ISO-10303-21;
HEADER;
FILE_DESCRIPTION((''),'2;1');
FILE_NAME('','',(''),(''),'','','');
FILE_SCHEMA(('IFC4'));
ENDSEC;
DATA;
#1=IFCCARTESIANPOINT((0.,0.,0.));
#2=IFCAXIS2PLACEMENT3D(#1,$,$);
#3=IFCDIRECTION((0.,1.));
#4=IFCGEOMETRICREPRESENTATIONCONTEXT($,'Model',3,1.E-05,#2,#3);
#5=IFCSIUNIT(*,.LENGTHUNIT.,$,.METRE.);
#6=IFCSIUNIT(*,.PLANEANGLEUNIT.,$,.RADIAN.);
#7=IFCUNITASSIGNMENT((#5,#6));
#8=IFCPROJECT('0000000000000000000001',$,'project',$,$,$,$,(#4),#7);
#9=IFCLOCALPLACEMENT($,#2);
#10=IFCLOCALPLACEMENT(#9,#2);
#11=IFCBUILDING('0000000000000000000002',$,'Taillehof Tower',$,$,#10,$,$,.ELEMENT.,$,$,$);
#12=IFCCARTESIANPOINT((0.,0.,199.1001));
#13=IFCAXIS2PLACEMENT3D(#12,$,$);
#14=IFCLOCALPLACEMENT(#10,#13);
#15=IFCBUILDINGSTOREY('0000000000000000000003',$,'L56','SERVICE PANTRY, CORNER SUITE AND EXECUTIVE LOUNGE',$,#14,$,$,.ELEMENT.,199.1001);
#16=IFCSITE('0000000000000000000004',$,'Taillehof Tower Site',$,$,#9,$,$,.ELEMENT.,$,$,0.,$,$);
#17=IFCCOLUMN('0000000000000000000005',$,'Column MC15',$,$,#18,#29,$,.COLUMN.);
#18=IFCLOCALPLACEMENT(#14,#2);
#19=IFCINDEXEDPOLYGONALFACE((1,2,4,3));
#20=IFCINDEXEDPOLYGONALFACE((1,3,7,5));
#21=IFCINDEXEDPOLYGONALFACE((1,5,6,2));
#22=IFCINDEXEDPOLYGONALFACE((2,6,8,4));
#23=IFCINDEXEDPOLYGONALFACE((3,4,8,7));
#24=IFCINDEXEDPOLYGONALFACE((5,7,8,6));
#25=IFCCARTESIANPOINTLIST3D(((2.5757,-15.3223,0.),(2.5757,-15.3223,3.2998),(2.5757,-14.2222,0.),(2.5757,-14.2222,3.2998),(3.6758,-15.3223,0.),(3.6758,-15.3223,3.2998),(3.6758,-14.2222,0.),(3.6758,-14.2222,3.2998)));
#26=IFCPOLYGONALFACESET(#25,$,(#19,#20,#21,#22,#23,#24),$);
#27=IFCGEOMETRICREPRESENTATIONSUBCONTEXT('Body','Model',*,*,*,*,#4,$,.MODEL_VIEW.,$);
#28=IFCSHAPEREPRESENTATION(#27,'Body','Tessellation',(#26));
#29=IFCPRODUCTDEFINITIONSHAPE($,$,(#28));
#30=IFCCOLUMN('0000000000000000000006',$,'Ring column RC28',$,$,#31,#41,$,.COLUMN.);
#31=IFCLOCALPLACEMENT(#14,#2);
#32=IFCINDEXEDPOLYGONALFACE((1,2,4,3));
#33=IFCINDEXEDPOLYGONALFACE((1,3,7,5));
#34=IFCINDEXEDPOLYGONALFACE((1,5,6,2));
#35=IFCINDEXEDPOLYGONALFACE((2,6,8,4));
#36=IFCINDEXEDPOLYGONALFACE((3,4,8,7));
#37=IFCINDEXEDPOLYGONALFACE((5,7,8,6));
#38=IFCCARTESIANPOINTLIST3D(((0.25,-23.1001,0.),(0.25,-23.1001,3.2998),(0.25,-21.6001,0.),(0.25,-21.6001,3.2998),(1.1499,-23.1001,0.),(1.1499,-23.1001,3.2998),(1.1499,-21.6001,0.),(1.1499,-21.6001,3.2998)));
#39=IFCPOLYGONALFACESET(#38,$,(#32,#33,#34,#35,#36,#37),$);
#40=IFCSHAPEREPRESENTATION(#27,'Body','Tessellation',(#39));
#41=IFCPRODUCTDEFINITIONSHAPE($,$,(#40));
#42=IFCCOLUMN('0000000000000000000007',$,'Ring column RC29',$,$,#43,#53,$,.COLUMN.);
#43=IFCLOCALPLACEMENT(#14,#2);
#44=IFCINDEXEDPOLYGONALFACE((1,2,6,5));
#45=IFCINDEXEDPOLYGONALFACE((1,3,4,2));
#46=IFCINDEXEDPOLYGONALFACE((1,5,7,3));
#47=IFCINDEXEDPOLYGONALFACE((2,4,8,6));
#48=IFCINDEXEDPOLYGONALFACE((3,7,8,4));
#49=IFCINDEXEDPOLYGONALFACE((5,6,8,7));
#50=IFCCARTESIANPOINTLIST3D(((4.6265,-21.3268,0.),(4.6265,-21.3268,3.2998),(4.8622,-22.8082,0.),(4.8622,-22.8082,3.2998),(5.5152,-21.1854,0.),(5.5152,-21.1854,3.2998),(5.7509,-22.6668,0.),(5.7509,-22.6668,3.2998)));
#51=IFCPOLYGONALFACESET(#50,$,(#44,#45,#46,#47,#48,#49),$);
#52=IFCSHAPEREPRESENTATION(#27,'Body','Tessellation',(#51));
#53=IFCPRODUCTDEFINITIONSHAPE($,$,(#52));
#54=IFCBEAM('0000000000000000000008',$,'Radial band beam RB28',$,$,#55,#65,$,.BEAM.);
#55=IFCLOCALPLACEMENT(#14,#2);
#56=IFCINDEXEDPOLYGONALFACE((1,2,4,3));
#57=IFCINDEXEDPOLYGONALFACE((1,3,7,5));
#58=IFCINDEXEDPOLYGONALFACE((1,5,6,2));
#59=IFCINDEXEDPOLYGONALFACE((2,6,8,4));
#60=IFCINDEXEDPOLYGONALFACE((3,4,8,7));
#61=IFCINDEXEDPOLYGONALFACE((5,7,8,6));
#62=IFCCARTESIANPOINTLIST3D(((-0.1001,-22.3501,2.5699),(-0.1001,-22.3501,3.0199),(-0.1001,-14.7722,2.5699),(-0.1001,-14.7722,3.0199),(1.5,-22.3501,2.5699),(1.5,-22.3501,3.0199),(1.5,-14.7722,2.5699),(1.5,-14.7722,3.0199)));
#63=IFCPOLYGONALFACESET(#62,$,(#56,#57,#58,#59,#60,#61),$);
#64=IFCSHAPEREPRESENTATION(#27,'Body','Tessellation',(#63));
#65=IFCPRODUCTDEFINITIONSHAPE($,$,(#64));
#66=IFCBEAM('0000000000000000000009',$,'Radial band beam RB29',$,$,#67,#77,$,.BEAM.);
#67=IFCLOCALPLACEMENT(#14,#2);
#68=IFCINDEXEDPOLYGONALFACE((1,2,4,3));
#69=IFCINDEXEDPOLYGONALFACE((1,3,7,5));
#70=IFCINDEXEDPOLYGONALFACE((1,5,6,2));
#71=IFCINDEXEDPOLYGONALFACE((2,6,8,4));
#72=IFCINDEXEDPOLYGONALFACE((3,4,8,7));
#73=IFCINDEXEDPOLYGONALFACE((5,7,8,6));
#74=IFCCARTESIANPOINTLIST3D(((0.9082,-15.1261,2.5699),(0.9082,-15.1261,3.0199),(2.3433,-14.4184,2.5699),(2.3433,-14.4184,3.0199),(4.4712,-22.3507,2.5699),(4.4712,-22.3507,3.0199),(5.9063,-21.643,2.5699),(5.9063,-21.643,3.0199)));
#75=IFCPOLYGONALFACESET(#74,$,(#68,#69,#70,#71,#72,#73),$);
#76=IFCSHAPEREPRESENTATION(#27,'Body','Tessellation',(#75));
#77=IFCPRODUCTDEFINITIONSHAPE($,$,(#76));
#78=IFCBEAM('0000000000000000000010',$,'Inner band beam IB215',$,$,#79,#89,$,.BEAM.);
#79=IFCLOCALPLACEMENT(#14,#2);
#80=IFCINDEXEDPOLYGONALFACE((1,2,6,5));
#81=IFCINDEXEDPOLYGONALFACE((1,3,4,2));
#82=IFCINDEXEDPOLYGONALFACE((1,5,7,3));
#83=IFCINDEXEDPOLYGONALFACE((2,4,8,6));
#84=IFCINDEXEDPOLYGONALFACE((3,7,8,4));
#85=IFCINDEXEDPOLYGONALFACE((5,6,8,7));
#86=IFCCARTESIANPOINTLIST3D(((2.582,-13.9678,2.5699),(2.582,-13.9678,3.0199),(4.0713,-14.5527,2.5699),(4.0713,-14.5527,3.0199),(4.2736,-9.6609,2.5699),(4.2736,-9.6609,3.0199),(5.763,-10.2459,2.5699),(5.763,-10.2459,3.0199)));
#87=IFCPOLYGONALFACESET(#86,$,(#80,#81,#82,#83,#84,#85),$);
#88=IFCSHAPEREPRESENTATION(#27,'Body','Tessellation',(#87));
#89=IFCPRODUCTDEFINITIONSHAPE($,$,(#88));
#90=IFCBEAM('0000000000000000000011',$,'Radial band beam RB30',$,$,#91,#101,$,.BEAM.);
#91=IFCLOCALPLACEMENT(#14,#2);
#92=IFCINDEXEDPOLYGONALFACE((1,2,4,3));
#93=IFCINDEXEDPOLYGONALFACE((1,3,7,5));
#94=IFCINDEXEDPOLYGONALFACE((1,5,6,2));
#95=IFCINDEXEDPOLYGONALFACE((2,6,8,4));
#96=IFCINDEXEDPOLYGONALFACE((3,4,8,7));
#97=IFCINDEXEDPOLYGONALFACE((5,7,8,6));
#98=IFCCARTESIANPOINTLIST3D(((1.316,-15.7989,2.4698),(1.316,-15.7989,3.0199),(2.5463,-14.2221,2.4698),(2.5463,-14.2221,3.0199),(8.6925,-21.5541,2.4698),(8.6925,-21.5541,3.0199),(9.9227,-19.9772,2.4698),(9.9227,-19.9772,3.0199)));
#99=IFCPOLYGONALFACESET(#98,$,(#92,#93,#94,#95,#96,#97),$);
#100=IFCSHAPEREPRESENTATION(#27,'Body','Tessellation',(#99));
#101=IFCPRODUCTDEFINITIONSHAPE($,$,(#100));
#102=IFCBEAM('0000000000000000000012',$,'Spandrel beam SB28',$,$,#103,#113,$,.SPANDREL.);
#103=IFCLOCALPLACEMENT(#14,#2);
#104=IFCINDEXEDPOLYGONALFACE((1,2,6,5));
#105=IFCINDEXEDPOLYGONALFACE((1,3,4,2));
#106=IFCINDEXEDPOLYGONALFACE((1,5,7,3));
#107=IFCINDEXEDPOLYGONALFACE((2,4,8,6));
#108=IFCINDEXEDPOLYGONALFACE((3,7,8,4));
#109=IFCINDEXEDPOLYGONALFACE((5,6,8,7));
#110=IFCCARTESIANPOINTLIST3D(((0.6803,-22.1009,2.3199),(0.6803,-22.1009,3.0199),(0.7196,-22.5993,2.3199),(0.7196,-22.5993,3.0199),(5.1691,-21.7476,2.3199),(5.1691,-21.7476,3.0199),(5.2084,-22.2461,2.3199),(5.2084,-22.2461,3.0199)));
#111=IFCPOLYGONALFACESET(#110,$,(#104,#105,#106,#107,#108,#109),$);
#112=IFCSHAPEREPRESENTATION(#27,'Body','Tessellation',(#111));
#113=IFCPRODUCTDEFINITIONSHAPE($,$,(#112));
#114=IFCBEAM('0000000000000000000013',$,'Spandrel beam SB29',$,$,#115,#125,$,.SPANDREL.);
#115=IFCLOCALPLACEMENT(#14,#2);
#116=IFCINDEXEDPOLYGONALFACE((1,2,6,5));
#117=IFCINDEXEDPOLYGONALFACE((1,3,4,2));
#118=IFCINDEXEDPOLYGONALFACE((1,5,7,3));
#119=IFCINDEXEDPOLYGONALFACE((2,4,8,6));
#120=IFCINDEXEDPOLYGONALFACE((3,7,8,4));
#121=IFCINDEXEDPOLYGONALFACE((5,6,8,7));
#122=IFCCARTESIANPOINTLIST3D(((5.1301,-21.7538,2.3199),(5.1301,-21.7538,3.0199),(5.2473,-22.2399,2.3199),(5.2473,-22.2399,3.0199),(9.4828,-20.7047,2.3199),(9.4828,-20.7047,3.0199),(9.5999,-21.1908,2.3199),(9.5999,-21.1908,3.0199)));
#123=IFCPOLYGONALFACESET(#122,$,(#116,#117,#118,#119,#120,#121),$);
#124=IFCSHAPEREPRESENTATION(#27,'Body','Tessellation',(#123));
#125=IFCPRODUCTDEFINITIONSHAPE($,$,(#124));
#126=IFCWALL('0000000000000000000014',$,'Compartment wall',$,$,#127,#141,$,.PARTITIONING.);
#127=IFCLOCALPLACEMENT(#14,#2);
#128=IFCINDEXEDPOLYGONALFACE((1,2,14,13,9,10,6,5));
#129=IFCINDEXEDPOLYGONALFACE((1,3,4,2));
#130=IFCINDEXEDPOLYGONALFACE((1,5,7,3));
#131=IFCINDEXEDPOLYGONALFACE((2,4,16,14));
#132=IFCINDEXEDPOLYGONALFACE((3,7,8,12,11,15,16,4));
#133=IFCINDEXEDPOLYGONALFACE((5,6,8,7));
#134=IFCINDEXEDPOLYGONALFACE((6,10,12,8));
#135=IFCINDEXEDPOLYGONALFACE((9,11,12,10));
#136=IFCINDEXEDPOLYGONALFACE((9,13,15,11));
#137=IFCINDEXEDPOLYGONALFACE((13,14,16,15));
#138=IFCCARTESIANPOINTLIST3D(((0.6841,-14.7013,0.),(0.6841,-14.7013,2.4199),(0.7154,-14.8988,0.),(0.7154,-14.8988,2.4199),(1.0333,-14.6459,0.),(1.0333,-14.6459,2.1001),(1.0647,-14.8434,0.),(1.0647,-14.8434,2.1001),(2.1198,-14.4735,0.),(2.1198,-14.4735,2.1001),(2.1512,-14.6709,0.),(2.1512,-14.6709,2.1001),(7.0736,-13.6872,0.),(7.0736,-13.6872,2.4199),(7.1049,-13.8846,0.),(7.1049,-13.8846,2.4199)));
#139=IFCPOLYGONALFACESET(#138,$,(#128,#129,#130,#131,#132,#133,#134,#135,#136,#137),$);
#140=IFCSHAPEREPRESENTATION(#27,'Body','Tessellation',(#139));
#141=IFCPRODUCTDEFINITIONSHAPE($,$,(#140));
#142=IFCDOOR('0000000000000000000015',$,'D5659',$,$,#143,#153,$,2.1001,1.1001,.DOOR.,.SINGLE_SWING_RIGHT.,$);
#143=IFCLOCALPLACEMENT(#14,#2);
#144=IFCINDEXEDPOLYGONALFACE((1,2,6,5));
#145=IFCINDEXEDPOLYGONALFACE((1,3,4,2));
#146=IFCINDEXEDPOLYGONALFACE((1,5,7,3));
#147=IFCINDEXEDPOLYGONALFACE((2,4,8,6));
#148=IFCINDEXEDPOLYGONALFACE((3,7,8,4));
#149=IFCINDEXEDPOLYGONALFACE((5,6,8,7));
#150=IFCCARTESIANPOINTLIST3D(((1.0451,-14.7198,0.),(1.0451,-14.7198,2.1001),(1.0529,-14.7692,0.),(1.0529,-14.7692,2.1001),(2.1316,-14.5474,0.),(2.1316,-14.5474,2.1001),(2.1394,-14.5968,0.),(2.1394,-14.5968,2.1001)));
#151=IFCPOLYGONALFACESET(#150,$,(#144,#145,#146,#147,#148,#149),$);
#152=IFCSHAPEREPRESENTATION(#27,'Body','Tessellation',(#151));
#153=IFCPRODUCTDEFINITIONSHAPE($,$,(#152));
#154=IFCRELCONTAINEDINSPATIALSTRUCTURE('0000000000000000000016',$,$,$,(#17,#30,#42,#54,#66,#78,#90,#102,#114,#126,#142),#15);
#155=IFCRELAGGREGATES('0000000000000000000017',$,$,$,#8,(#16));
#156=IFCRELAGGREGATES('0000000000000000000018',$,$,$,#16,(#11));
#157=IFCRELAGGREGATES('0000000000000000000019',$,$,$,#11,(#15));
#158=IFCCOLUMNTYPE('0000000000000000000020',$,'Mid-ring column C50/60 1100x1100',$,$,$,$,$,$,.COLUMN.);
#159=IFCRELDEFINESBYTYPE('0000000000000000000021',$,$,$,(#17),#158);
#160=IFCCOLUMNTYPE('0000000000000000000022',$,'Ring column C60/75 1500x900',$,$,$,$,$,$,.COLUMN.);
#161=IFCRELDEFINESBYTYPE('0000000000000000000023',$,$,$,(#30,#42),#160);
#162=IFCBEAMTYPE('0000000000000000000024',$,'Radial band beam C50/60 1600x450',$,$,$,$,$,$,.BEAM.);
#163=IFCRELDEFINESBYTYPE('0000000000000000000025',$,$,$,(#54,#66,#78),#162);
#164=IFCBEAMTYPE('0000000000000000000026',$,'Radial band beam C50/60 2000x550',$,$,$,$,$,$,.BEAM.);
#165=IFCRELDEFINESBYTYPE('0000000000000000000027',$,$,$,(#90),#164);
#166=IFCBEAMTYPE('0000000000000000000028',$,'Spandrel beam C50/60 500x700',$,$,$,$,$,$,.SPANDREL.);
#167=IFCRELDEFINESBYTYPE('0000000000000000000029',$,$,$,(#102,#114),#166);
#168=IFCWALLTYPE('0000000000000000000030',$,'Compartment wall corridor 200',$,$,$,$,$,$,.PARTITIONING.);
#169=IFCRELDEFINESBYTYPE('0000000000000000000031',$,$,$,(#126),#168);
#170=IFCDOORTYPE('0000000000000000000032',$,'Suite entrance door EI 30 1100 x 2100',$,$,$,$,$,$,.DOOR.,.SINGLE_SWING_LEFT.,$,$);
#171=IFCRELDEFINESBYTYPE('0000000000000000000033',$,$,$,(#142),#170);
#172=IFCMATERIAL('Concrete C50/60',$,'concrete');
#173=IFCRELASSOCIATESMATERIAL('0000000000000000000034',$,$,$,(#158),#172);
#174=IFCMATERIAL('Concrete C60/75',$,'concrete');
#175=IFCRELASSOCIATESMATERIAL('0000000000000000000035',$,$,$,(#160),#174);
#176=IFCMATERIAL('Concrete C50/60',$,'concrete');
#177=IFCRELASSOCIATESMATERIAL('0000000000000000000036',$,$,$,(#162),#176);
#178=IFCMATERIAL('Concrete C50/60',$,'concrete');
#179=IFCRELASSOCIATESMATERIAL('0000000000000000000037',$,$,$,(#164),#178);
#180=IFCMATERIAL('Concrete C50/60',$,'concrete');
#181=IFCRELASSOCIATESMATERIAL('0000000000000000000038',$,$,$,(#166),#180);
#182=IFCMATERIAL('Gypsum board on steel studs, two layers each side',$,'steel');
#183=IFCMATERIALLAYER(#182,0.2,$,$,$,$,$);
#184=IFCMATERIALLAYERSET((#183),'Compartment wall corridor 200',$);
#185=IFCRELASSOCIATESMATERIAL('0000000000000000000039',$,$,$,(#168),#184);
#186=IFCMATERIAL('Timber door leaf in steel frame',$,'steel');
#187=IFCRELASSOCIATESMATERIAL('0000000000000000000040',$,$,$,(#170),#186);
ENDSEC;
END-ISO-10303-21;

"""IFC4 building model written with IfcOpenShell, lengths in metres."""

from ifc_helpers import new_model, si_unit, direction, frame, frame_2d, origin, origin_2d, place, context, subcontext, project, spatial, rectangle, extrude, material, layer, layer_set, material_profile, profile_set, type_object, element, fill, save


model = new_model("IFC4")

# Units and contexts
model_context = context("Model", 3, precision=1e-05, world=origin(), true_north=direction((0.0, 1.0)))
body_context = subcontext(model_context, "Body", "Model", "MODEL_VIEW")
ifc_project = project(units=[si_unit("LENGTHUNIT", "METRE"), si_unit("PLANEANGLEUNIT", "RADIAN")], contexts=[model_context])

# Site, building, storey
site_placement = place(None, origin())
site = spatial("IfcSite", under=ifc_project, at=site_placement, Name="Taillehof Tower Site", CompositionType="ELEMENT", RefElevation=0.0)
building_placement = place(site_placement, origin())
building = spatial("IfcBuilding", under=site, at=building_placement, Name="Taillehof Tower", CompositionType="ELEMENT")
storey_placement = place(building_placement, frame((0.0, 0.0, 199.1001)))
storey = spatial("IfcBuildingStorey", under=building, at=storey_placement, Name="L56", Description="SERVICE PANTRY, CORNER SUITE AND EXECUTIVE LOUNGE", CompositionType="ELEMENT", Elevation=199.1001)

# Columns
ifc_material_1 = material(Name="Concrete C50/60", Category="concrete")
ifc_material_profile_1 = material_profile(ifc_material_1, rectangle(XDim=1.1001, YDim=1.1001, at=origin_2d()), Name="RC 1100x1100")
ifc_profile_set_1 = profile_set([ifc_material_profile_1], Name="Concrete C50/60")
column_type_1 = type_object("IfcColumnType", Name="Mid-ring column C50/60 1100x1100", PredefinedType="COLUMN", material=ifc_profile_set_1)
column_placement = place(storey_placement, frame((3.1257, -14.7722, 0.0), z_axis=(0.0, 0.0, 1.0), x_axis=(1.0, 0.0, 0.0)))
element("IfcColumn", 1, at=column_placement, inside=storey, type_object=column_type_1, Name="Column MC15", PredefinedType="COLUMN", context=body_context, shape_type="SweptSolid", body=[
    extrude(rectangle(XDim=1.1001, YDim=1.1001, at=origin_2d()), origin(), (0.0, 0.0, 1.0), 3.2998),
])
ifc_material_2 = material(Name="Concrete C60/75", Category="concrete")
ifc_material_profile_2 = material_profile(ifc_material_2, rectangle(XDim=1.5, YDim=0.8999, at=origin_2d()), Name="RC 1500x900")
ifc_profile_set_2 = profile_set([ifc_material_profile_2], Name="Concrete C60/75")
column_type_2 = type_object("IfcColumnType", Name="Ring column C60/75 1500x900", PredefinedType="COLUMN", material=ifc_profile_set_2)
for number, where, z_axis, x_axis, name in (
    (2, (0.7, -22.3501, 0.0), (0.0, 0.0, 1.0), (0.0, -1.0, 0.0), "Ring column RC28"),
    (3, (5.1887, -21.9968, 0.0), (0.0, 0.0, 1.0), (0.157116, -0.98758, 0.0), "Ring column RC29"),
):
    element("IfcColumn", number, at=place(storey_placement, frame(where, z_axis=z_axis, x_axis=x_axis)), inside=storey, type_object=column_type_2, Name=name, PredefinedType="COLUMN", context=body_context, shape_type="SweptSolid", body=[
        extrude(rectangle(XDim=1.5, YDim=0.8999, at=origin_2d()), origin(), (0.0, 0.0, 1.0), 3.2998),
    ])

# Beams
ifc_material_3 = material(Name="Concrete C50/60", Category="concrete")
ifc_material_profile_3 = material_profile(ifc_material_3, rectangle(XDim=1.6001, YDim=0.45, at=origin_2d()), Name="RC 1600x450")
ifc_profile_set_3 = profile_set([ifc_material_profile_3], Name="Concrete C50/60")
beam_type_1 = type_object("IfcBeamType", Name="Radial band beam C50/60 1600x450", PredefinedType="BEAM", material=ifc_profile_set_3)
beam_1_placement = place(storey_placement, frame((0.7, -22.3501, 2.7949), z_axis=(0.0, 1.0, 0.0), x_axis=(-1.0, 0.0, 0.0)))
element("IfcBeam", 4, at=beam_1_placement, inside=storey, type_object=beam_type_1, Name="Radial band beam RB28", PredefinedType="BEAM", context=body_context, shape_type="SweptSolid", body=[
    extrude(rectangle(XDim=1.6001, YDim=0.45, at=origin_2d()), origin(), (0.0, 0.0, 1.0), 7.5779),
])
beam_2_placement = place(storey_placement, frame((5.1887, -21.9968, 2.7949), z_axis=(-0.442309, 0.896863, 0.0), x_axis=(-0.896863, -0.442309, 0.0)))
element("IfcBeam", 5, at=beam_2_placement, inside=storey, type_object=beam_type_1, Name="Radial band beam RB29", PredefinedType="BEAM", context=body_context, shape_type="SweptSolid", body=[
    extrude(rectangle(XDim=1.6001, YDim=0.45, at=origin_2d()), origin(), (0.0, 0.0, 1.0), 8.0554),
])
beam_3_placement = place(storey_placement, frame((3.3267, -14.2603, 2.7949), z_axis=(0.365589, 0.930777, 0.0), x_axis=(-0.930777, 0.365589, 0.0)))
element("IfcBeam", 6, at=beam_3_placement, inside=storey, type_object=beam_type_1, Name="Inner band beam IB215", PredefinedType="BEAM", context=body_context, shape_type="SweptSolid", body=[
    extrude(rectangle(XDim=1.6001, YDim=0.45, at=origin_2d()), origin(), (0.0, 0.0, 1.0), 4.6272),
])
ifc_material_4 = material(Name="Concrete C50/60", Category="concrete")
ifc_material_profile_4 = material_profile(ifc_material_4, rectangle(XDim=2.0, YDim=0.55, at=origin_2d()), Name="RC 2000x550")
ifc_profile_set_4 = profile_set([ifc_material_profile_4], Name="Concrete C50/60")
beam_type_2 = type_object("IfcBeamType", Name="Radial band beam C50/60 2000x550", PredefinedType="BEAM", material=ifc_profile_set_4)
beam_4_placement = place(storey_placement, frame((9.3076, -20.7656, 2.7449), z_axis=(-0.788425, 0.61513, 0.0), x_axis=(-0.61513, -0.788425, 0.0)))
element("IfcBeam", 7, at=beam_4_placement, inside=storey, type_object=beam_type_2, Name="Radial band beam RB30", PredefinedType="BEAM", context=body_context, shape_type="SweptSolid", body=[
    extrude(rectangle(XDim=2.0, YDim=0.55, at=origin_2d()), origin(), (0.0, 0.0, 1.0), 9.356),
])
ifc_material_5 = material(Name="Concrete C50/60", Category="concrete")
ifc_material_profile_5 = material_profile(ifc_material_5, rectangle(XDim=0.5, YDim=0.7, at=origin_2d()), Name="RC 500x700")
ifc_profile_set_5 = profile_set([ifc_material_profile_5], Name="Concrete C50/60")
beam_type_3 = type_object("IfcBeamType", Name="Spandrel beam C50/60 500x700", PredefinedType="SPANDREL", material=ifc_profile_set_5)
beam_5_placement = place(storey_placement, frame((0.7, -22.3501, 2.6699), z_axis=(0.996917, 0.078459, 0.0), x_axis=(-0.078459, 0.996917, 0.0)))
element("IfcBeam", 8, at=beam_5_placement, inside=storey, type_object=beam_type_3, Name="Spandrel beam SB28", PredefinedType="SPANDREL", context=body_context, shape_type="SweptSolid", body=[
    extrude(rectangle(XDim=0.5, YDim=0.7, at=origin_2d()), origin(), (0.0, 0.0, 1.0), 4.5027),
])
beam_6_placement = place(storey_placement, frame((5.1887, -21.9968, 2.6699), z_axis=(0.972161, 0.234315, 0.0), x_axis=(-0.234315, 0.972161, 0.0)))
element("IfcBeam", 9, at=beam_6_placement, inside=storey, type_object=beam_type_3, Name="Spandrel beam SB29", PredefinedType="SPANDREL", context=body_context, shape_type="SweptSolid", body=[
    extrude(rectangle(XDim=0.5, YDim=0.7, at=origin_2d()), origin(), (0.0, 0.0, 1.0), 4.4773),
])

# Wall, opening, door
ifc_material_6 = material(Name="Gypsum board on steel studs, two layers each side", Category="steel")
ifc_layer_1 = layer(ifc_material_6, 0.2)
ifc_layer_set_1 = layer_set([ifc_layer_1], Name="Compartment wall corridor 200")
wall_type_1 = type_object("IfcWallType", Name="Compartment wall corridor 200", PredefinedType="PARTITIONING", material=ifc_layer_set_1)
wall_1_placement = place(storey_placement, frame((7.0894, -13.7859, 0.0), z_axis=(0.0, 0.0, 1.0), x_axis=(-0.987636, -0.156763, 0.0)))
wall_1 = element("IfcWall", 10, at=wall_1_placement, inside=storey, type_object=wall_type_1, Name="Compartment wall", PredefinedType="PARTITIONING", context=body_context, shape_type="SweptSolid", body=[
    extrude(rectangle(XDim=6.4695, YDim=0.2, at=frame_2d((3.2349, 0.0))), origin(), (0.0, 0.0, 1.0), 2.4199),
])
opening_1_placement = place(wall_1_placement, frame((5.0159, 0.0, 0.0)))
opening_1 = element("IfcOpeningElement", 11, at=opening_1_placement, cuts=wall_1, PredefinedType="OPENING", context=body_context, shape_type="SweptSolid", body=[
    extrude(rectangle(XDim=1.1001, YDim=2.1001, at=frame_2d((0.55, 1.05))), frame((0.0, 0.1099, 0.0), z_axis=(0.0, -1.0, 0.0), x_axis=(1.0, 0.0, 0.0)), (0.0, 0.0, 1.0), 0.22),
])
ifc_material_7 = material(Name="Timber door leaf in steel frame", Category="steel")
door_type_1 = type_object("IfcDoorType", Name="Suite entrance door EI 30 1100 x 2100", OperationType="SINGLE_SWING_LEFT", PredefinedType="DOOR", material=ifc_material_7)
door_1_placement = place(opening_1_placement, origin())
door_1 = element("IfcDoor", 12, at=door_1_placement, inside=storey, type_object=door_type_1, Name="D5659", OperationType="SINGLE_SWING_RIGHT", OverallHeight=2.1001, OverallWidth=1.1001, PredefinedType="DOOR", context=body_context, shape_type="SweptSolid", body=[
    extrude(rectangle(XDim=1.1001, YDim=2.1001, at=frame_2d((0.55, 1.05))), frame((0.0, 0.0249, 0.0), z_axis=(0.0, -1.0, 0.0), x_axis=(1.0, 0.0, 0.0)), (0.0, 0.0, 1.0), 0.05),
])
fill(opening_1, door_1)

save(model, "model.ifc")
